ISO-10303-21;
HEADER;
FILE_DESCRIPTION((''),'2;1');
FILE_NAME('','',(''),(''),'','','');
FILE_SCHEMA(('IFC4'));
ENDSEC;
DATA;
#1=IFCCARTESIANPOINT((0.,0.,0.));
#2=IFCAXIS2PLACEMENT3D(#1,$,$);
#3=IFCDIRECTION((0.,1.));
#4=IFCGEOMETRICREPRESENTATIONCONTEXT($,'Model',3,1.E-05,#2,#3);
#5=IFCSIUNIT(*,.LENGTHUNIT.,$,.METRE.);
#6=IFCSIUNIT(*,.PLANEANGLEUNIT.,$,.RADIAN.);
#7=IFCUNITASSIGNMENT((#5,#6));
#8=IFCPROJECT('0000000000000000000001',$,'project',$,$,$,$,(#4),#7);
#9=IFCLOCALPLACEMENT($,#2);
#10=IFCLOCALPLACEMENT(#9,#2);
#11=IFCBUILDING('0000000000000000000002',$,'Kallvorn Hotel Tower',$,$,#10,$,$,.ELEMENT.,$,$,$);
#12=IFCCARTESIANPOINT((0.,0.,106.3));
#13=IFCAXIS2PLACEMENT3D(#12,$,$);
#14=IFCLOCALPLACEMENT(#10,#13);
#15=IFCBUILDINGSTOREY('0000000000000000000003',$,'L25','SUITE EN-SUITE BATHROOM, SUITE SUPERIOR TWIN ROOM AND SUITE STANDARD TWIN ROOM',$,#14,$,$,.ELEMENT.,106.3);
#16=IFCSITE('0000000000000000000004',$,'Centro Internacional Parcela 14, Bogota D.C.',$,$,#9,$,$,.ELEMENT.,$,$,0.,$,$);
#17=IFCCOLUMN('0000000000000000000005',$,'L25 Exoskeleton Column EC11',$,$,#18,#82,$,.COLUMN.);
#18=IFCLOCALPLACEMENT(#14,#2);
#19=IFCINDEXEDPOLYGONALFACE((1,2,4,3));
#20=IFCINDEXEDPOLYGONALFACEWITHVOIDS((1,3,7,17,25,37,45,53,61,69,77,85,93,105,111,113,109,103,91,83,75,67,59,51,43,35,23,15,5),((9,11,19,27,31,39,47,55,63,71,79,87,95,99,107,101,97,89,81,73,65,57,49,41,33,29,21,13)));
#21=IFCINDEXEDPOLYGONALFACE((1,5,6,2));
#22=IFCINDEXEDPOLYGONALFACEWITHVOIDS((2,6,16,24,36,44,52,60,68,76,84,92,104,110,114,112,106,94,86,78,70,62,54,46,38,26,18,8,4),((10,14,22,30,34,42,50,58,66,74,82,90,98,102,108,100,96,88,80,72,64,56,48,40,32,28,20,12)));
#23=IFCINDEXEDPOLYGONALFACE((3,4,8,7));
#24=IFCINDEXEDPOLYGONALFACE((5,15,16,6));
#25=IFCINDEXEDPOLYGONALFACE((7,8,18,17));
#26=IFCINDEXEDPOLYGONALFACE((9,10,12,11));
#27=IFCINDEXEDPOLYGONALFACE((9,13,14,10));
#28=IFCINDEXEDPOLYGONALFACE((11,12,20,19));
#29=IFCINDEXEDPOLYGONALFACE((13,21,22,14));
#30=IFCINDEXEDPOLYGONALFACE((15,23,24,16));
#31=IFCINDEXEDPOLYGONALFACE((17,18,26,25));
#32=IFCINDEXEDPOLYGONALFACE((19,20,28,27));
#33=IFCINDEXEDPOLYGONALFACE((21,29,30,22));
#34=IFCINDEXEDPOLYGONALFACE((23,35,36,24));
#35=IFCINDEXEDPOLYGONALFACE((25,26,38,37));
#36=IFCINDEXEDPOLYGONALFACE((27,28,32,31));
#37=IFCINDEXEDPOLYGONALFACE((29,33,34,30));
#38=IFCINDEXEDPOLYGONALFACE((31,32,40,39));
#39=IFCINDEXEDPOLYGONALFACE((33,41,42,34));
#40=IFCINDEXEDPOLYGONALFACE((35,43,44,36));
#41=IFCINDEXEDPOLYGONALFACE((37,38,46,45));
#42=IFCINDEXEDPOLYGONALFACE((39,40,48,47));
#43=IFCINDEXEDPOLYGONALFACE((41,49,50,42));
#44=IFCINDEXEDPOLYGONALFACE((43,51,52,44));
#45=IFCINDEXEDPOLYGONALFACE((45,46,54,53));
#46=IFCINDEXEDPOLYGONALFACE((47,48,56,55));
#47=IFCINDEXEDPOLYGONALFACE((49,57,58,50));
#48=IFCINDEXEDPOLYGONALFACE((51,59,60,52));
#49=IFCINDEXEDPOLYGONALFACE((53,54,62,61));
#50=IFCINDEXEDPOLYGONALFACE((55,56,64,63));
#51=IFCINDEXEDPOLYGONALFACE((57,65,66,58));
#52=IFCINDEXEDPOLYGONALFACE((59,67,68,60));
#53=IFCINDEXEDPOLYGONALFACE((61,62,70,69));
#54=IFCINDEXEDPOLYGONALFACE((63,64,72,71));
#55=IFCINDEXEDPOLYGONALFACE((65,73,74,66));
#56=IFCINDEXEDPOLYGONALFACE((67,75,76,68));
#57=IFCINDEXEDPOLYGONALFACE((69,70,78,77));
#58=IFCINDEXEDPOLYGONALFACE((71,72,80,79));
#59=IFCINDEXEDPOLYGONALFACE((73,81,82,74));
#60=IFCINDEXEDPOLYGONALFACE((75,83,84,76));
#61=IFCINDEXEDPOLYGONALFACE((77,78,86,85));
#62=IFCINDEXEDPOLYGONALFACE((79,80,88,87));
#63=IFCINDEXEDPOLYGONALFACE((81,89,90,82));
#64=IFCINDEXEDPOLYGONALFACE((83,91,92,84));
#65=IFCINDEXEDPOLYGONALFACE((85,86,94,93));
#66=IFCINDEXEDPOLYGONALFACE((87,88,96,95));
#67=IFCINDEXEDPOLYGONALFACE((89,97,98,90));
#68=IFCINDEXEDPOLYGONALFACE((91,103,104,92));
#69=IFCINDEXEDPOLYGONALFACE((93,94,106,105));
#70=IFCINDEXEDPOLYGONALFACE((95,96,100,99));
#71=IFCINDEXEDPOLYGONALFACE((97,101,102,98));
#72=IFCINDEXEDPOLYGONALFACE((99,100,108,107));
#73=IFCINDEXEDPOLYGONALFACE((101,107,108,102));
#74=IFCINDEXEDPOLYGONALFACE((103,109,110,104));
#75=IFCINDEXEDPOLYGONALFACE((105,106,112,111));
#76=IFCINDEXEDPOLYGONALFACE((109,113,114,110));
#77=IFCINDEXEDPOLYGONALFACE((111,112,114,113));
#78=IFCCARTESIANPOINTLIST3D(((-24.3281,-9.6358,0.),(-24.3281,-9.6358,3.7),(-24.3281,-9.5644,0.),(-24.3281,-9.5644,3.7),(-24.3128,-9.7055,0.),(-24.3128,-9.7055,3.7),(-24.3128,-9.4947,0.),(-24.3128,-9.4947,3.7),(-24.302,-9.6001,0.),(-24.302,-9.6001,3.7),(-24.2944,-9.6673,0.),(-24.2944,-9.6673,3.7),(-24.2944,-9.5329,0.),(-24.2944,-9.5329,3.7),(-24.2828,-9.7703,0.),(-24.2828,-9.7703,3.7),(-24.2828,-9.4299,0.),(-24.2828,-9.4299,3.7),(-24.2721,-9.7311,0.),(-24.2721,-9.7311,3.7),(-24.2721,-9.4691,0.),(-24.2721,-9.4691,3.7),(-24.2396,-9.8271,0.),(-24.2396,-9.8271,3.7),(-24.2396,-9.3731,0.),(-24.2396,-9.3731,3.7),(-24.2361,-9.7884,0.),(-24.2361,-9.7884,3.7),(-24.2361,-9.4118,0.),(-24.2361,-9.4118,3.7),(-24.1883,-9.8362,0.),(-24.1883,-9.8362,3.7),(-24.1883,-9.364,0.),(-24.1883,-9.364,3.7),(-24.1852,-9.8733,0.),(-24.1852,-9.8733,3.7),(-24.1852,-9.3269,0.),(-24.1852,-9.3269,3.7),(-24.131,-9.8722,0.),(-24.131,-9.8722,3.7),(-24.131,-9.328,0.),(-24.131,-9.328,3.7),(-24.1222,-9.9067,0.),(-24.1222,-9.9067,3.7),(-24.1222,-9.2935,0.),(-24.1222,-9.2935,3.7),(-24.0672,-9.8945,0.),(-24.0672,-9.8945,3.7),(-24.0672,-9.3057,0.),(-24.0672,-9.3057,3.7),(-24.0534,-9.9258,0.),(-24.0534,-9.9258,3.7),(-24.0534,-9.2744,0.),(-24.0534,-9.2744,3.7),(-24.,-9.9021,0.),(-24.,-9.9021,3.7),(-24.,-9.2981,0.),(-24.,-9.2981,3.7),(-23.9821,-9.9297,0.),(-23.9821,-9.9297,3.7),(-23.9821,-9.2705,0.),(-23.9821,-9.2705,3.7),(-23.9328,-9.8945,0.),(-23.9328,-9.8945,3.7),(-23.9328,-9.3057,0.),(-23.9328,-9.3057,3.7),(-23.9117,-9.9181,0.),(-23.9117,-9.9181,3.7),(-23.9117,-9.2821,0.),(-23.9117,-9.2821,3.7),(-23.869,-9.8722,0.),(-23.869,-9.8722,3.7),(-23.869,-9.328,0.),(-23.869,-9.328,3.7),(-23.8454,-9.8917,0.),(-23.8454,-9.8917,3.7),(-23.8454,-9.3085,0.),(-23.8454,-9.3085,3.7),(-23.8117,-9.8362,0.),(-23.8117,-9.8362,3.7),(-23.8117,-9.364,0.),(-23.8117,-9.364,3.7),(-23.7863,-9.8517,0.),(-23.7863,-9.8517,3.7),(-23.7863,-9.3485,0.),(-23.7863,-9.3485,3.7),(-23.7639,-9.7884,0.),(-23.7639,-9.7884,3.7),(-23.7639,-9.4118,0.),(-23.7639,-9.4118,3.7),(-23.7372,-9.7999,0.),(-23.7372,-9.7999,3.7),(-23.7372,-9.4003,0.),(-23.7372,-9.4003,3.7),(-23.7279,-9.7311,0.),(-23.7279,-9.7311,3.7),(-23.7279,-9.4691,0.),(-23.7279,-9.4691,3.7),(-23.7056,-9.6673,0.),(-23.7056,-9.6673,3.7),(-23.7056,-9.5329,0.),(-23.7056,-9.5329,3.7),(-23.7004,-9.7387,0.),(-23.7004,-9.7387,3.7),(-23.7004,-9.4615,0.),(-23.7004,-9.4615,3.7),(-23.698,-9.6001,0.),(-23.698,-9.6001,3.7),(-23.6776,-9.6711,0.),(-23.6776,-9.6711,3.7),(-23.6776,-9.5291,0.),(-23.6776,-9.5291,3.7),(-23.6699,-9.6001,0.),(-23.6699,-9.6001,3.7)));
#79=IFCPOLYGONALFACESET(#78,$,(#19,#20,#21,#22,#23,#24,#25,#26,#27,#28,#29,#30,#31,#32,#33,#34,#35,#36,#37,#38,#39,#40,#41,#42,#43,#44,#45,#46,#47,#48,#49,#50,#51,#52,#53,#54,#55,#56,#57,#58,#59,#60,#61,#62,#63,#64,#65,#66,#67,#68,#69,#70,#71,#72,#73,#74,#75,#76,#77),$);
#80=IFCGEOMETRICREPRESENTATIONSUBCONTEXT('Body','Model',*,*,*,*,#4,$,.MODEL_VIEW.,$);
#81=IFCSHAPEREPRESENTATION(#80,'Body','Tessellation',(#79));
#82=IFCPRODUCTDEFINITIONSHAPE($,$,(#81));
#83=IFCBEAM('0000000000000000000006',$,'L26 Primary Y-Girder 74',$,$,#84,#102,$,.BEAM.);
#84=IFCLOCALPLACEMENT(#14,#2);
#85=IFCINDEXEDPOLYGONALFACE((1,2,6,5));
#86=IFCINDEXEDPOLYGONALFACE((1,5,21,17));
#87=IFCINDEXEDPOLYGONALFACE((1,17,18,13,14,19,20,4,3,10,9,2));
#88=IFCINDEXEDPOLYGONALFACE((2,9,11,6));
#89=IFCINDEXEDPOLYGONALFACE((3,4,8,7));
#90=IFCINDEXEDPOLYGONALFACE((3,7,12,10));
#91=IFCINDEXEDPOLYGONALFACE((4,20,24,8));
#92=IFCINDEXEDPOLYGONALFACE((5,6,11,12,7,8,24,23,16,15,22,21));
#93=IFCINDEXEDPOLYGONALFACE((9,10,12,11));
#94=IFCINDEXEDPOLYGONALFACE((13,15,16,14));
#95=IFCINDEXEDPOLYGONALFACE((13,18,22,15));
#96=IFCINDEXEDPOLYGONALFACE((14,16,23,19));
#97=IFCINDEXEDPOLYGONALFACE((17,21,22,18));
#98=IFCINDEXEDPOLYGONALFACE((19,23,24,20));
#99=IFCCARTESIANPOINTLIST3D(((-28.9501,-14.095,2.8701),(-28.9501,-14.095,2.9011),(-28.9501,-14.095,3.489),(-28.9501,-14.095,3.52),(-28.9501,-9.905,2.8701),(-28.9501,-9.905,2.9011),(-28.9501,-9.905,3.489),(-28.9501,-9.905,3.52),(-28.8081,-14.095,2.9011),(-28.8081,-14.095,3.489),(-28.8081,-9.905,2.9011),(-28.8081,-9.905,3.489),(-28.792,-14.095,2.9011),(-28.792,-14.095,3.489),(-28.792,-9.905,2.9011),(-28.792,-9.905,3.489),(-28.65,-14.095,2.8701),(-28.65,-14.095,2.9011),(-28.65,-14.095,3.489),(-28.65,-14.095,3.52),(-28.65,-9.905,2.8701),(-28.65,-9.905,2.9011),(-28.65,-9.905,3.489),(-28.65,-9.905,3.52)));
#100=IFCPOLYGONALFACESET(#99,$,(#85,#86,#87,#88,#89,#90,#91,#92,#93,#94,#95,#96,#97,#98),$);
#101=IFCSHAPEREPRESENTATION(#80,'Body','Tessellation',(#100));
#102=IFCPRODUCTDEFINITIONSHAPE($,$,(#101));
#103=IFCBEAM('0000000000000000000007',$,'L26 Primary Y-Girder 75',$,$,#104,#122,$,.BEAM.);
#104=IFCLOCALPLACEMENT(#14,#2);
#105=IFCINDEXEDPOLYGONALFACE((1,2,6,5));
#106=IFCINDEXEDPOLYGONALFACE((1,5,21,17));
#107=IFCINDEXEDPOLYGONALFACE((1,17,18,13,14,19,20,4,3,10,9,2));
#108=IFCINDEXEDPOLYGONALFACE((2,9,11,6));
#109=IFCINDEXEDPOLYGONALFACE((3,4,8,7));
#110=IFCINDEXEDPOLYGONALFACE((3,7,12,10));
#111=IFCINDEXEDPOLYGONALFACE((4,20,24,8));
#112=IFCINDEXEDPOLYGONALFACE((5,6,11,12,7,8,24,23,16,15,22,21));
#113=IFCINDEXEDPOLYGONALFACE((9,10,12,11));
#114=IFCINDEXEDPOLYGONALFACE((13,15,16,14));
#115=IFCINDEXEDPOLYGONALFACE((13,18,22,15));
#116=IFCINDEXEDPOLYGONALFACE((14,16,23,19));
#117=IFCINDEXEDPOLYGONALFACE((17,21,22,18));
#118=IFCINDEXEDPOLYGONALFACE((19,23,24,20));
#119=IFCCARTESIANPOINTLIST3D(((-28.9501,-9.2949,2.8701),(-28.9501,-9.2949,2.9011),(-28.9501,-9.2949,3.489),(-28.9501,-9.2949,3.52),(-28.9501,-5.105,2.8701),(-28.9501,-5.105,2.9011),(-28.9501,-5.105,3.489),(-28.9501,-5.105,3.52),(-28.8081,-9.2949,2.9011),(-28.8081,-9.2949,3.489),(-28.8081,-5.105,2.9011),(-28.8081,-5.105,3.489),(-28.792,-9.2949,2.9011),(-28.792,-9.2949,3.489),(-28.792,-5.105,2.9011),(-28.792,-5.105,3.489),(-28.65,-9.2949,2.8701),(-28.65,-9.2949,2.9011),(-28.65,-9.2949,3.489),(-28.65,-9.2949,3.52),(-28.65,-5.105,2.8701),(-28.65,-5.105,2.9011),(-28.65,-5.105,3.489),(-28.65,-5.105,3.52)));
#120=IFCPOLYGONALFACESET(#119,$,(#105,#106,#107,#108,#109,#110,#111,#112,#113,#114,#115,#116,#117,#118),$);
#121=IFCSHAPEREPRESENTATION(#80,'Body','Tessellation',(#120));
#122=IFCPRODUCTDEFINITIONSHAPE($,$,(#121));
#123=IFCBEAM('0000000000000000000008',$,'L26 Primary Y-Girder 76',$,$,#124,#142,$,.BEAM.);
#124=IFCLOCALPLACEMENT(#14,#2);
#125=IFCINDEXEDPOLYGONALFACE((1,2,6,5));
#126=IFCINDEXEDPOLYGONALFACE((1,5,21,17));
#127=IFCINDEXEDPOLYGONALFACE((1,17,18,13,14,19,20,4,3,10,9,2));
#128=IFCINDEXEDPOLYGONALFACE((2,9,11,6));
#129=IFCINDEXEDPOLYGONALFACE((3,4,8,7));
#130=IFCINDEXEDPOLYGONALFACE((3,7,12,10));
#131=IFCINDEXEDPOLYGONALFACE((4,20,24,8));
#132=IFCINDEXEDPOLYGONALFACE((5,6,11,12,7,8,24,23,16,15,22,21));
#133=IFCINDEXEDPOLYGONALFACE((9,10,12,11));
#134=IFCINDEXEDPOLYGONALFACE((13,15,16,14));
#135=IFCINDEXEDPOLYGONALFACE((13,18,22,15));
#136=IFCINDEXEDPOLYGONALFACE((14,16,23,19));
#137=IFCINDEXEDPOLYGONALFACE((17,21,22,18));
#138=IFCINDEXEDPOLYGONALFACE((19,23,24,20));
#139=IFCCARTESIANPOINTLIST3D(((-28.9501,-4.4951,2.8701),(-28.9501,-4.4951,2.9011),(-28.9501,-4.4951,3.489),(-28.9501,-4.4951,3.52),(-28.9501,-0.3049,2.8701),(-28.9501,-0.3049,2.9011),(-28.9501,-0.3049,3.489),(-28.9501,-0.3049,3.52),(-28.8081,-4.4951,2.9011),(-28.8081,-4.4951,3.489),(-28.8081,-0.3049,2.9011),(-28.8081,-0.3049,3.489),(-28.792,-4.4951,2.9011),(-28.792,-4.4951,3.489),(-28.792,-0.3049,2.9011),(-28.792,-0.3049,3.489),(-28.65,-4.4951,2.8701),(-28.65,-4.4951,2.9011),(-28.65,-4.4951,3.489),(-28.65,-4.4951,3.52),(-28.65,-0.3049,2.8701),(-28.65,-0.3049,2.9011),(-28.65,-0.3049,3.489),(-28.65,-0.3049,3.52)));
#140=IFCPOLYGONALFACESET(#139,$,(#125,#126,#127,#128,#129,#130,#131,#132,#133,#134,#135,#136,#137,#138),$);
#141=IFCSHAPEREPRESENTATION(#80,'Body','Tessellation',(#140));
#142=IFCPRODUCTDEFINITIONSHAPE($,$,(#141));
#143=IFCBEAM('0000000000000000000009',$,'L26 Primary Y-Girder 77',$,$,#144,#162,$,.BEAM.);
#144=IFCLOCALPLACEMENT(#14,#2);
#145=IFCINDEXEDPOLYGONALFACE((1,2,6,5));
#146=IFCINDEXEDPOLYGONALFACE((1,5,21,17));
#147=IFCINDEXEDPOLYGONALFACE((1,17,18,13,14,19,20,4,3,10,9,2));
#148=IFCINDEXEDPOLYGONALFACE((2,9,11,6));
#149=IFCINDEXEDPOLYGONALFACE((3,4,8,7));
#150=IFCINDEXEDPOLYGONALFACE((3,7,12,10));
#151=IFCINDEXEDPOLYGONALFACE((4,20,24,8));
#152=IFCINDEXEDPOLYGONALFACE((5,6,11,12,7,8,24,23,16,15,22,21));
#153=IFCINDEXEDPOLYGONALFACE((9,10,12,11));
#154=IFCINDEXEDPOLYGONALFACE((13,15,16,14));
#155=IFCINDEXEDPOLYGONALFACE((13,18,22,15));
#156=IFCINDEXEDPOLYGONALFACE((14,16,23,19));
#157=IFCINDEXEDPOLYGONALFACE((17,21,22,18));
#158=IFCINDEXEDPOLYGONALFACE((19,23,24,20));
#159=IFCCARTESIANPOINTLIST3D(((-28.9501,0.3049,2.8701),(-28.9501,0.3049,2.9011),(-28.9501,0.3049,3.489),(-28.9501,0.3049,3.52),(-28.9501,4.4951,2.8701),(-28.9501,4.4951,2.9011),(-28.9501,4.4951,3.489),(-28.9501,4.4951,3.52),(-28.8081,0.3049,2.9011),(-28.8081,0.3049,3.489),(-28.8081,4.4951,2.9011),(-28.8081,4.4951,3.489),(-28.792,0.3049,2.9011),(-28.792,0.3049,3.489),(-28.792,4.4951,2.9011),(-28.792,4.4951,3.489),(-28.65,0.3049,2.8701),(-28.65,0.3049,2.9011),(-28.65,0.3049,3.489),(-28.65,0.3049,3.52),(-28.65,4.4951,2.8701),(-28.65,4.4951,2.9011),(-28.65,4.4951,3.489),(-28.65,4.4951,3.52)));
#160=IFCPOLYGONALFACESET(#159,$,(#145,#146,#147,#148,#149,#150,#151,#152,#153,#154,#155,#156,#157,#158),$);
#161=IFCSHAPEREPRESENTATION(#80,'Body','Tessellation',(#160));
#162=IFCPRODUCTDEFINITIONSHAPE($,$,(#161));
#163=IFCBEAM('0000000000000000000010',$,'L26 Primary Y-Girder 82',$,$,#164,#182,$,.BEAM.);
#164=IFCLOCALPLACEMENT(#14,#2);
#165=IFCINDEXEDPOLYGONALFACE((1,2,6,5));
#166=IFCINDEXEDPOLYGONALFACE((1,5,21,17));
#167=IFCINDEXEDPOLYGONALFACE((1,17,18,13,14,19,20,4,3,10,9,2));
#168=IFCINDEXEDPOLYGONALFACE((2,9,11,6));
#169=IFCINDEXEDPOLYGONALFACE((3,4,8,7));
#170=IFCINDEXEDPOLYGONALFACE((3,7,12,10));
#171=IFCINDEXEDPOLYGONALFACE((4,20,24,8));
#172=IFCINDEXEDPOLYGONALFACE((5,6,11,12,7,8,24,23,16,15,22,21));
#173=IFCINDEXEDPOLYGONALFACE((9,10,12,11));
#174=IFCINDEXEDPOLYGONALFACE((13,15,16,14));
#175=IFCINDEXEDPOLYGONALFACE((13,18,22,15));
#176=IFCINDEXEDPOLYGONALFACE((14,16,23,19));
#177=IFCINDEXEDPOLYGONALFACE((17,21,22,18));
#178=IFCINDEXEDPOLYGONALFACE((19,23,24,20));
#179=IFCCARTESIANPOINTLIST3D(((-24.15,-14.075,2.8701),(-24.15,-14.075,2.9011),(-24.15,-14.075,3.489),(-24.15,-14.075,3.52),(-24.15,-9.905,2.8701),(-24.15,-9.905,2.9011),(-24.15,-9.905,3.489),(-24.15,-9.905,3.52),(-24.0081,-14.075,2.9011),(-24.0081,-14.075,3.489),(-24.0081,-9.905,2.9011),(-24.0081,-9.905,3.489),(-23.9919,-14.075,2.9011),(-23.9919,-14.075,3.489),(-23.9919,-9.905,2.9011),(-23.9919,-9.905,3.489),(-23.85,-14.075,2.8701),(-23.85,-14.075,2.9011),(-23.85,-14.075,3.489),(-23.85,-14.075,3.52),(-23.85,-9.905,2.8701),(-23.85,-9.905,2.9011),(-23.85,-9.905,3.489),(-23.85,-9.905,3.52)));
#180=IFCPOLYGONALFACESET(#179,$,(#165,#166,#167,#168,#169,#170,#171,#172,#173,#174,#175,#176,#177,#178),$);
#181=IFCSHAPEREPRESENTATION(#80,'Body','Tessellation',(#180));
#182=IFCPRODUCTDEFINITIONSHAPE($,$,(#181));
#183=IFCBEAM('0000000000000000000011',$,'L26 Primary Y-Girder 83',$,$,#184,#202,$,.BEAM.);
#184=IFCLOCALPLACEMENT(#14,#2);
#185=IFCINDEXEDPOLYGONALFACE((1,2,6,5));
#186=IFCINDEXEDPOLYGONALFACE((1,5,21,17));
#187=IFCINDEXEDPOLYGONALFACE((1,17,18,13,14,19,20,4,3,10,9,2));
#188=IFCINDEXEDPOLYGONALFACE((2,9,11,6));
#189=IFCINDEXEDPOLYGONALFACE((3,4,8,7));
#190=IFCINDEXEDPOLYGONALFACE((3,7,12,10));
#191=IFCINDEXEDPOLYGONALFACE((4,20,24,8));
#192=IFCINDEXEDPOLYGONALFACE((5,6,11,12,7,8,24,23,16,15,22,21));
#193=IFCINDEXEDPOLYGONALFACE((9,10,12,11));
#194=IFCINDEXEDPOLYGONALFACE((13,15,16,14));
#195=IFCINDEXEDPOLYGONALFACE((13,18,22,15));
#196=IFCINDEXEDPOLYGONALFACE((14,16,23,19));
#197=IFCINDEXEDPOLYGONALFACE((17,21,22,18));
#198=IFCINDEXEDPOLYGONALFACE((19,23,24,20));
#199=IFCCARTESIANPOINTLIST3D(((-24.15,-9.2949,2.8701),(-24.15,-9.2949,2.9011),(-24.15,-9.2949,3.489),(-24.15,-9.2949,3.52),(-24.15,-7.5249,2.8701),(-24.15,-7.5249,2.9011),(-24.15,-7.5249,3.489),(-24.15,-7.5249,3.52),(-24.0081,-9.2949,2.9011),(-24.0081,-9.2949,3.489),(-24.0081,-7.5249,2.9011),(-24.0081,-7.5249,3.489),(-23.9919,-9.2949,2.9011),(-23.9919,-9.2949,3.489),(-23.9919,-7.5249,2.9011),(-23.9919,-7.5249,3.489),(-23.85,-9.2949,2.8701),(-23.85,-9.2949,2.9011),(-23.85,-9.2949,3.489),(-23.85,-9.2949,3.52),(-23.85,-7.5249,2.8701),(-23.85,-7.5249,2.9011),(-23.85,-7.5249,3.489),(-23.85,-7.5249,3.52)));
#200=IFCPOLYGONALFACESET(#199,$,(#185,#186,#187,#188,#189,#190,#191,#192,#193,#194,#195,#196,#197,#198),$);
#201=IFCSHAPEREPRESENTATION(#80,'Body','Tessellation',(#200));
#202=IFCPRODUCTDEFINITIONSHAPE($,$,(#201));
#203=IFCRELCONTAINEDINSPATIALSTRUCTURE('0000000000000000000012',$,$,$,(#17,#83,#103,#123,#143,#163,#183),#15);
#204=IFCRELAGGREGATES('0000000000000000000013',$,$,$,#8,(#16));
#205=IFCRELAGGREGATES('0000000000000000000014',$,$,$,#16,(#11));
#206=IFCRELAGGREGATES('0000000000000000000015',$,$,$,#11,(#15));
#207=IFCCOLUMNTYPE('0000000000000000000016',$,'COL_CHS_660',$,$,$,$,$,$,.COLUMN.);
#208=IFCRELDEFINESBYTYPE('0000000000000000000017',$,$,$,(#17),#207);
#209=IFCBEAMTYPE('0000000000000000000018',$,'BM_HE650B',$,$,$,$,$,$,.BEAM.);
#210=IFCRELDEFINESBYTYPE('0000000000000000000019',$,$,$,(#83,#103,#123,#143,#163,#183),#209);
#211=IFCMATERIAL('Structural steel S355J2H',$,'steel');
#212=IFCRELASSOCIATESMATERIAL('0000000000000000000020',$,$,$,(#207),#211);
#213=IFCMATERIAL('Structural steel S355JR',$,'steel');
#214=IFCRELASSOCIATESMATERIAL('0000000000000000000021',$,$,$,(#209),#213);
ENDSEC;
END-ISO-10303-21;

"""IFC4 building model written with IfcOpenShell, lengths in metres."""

from ifc_helpers import new_model, si_unit, direction, frame, origin, origin_2d, place, context, subcontext, project, spatial, hollow_circle, i_section, extrude, material, material_profile, profile_set, type_object, element, save


model = new_model("IFC4")

# Units and contexts
model_context = context("Model", 3, precision=1e-05, world=origin(), true_north=direction((0.0, 1.0)))
body_context = subcontext(model_context, "Body", "Model", "MODEL_VIEW")
ifc_project = project(units=[si_unit("LENGTHUNIT", "METRE"), si_unit("PLANEANGLEUNIT", "RADIAN")], contexts=[model_context])

# Site, building, storey
site_placement = place(None, origin())
site = spatial("IfcSite", under=ifc_project, at=site_placement, Name="Centro Internacional Parcela 14, Bogota D.C.", CompositionType="ELEMENT", RefElevation=0.0)
building_placement = place(site_placement, origin())
building = spatial("IfcBuilding", under=site, at=building_placement, Name="Kallvorn Hotel Tower", CompositionType="ELEMENT")
storey_placement = place(building_placement, frame((0.0, 0.0, 106.3)))
storey = spatial("IfcBuildingStorey", under=building, at=storey_placement, Name="L25", Description="SUITE EN-SUITE BATHROOM, SUITE SUPERIOR TWIN ROOM AND SUITE STANDARD TWIN ROOM", CompositionType="ELEMENT", Elevation=106.3)

# Column
ifc_material_1 = material(Name="Structural steel S355J2H", Category="steel")
ifc_material_profile_1 = material_profile(ifc_material_1, hollow_circle(Radius=0.3301, WallThickness=0.0281, at=origin_2d()), Name="CHS 660x28")
ifc_profile_set_1 = profile_set([ifc_material_profile_1], Name="Structural steel S355J2H")
column_type = type_object("IfcColumnType", Name="COL_CHS_660", PredefinedType="COLUMN", material=ifc_profile_set_1)
for number, where, z_axis, x_axis, name in (
    (1, (-24.0, -9.6001, 0.0), (0.0, 0.0, 1.0), (1.0, 0.0, 0.0), "L25 Exoskeleton Column EC11"),
):
    element("IfcColumn", number, at=place(storey_placement, frame(where, z_axis=z_axis, x_axis=x_axis)), inside=storey, type_object=column_type, Name=name, PredefinedType="COLUMN", context=body_context, shape_type="SweptSolid", body=[
        extrude(hollow_circle(Radius=0.3301, WallThickness=0.0281, at=origin_2d()), origin(), (0.0, 0.0, 1.0), 3.7),
    ])

# Beams
ifc_material_2 = material(Name="Structural steel S355JR", Category="steel")
ifc_material_profile_2 = material_profile(ifc_material_2, i_section(OverallWidth=0.3, OverallDepth=0.6499, WebThickness=0.0161, FlangeThickness=0.031, at=origin_2d()), Name="HE 650 B")
ifc_profile_set_2 = profile_set([ifc_material_profile_2], Name="Structural steel S355JR")
beam_type_1 = type_object("IfcBeamType", Name="BM_HE650B", PredefinedType="BEAM", material=ifc_profile_set_2)
for number, where, z_axis, x_axis, name in (
    (2, (-28.8, -14.095, 3.1951), (0.0, 1.0, 0.0), (-1.0, 0.0, 0.0), "L26 Primary Y-Girder 74"),
    (3, (-28.8, -9.2949, 3.1951), (0.0, 1.0, 0.0), (-1.0, 0.0, 0.0), "L26 Primary Y-Girder 75"),
):
    element("IfcBeam", number, at=place(storey_placement, frame(where, z_axis=z_axis, x_axis=x_axis)), inside=storey, type_object=beam_type_1, Name=name, PredefinedType="BEAM", context=body_context, shape_type="SweptSolid", body=[
        extrude(i_section(OverallWidth=0.3, OverallDepth=0.6499, WebThickness=0.0161, FlangeThickness=0.031, at=origin_2d()), origin(), (0.0, 0.0, 1.0), 4.1899),
    ])
for number, where, z_axis, x_axis, name in (
    (4, (-28.8, -4.4951, 3.1951), (0.0, 1.0, 0.0), (-1.0, 0.0, 0.0), "L26 Primary Y-Girder 76"),
    (5, (-28.8, 0.3049, 3.1951), (0.0, 1.0, 0.0), (-1.0, 0.0, 0.0), "L26 Primary Y-Girder 77"),
):
    element("IfcBeam", number, at=place(storey_placement, frame(where, z_axis=z_axis, x_axis=x_axis)), inside=storey, type_object=beam_type_1, Name=name, PredefinedType="BEAM", context=body_context, shape_type="SweptSolid", body=[
        extrude(i_section(OverallWidth=0.3, OverallDepth=0.6499, WebThickness=0.0161, FlangeThickness=0.031, at=origin_2d()), origin(), (0.0, 0.0, 1.0), 4.1902),
    ])
beam_1_placement = place(storey_placement, frame((-24.0, -14.075, 3.1951), z_axis=(0.0, 1.0, 0.0), x_axis=(-1.0, 0.0, 0.0)))
element("IfcBeam", 6, at=beam_1_placement, inside=storey, type_object=beam_type_1, Name="L26 Primary Y-Girder 82", PredefinedType="BEAM", context=body_context, shape_type="SweptSolid", body=[
    extrude(i_section(OverallWidth=0.3, OverallDepth=0.6499, WebThickness=0.0161, FlangeThickness=0.031, at=origin_2d()), origin(), (0.0, 0.0, 1.0), 4.1699),
])
beam_2_placement = place(storey_placement, frame((-24.0, -9.2949, 3.1951), z_axis=(0.0, 1.0, 0.0), x_axis=(-1.0, 0.0, 0.0)))
element("IfcBeam", 7, at=beam_2_placement, inside=storey, type_object=beam_type_1, Name="L26 Primary Y-Girder 83", PredefinedType="BEAM", context=body_context, shape_type="SweptSolid", body=[
    extrude(i_section(OverallWidth=0.3, OverallDepth=0.6499, WebThickness=0.0161, FlangeThickness=0.031, at=origin_2d()), origin(), (0.0, 0.0, 1.0), 1.77),
])

save(model, "model.ifc")
